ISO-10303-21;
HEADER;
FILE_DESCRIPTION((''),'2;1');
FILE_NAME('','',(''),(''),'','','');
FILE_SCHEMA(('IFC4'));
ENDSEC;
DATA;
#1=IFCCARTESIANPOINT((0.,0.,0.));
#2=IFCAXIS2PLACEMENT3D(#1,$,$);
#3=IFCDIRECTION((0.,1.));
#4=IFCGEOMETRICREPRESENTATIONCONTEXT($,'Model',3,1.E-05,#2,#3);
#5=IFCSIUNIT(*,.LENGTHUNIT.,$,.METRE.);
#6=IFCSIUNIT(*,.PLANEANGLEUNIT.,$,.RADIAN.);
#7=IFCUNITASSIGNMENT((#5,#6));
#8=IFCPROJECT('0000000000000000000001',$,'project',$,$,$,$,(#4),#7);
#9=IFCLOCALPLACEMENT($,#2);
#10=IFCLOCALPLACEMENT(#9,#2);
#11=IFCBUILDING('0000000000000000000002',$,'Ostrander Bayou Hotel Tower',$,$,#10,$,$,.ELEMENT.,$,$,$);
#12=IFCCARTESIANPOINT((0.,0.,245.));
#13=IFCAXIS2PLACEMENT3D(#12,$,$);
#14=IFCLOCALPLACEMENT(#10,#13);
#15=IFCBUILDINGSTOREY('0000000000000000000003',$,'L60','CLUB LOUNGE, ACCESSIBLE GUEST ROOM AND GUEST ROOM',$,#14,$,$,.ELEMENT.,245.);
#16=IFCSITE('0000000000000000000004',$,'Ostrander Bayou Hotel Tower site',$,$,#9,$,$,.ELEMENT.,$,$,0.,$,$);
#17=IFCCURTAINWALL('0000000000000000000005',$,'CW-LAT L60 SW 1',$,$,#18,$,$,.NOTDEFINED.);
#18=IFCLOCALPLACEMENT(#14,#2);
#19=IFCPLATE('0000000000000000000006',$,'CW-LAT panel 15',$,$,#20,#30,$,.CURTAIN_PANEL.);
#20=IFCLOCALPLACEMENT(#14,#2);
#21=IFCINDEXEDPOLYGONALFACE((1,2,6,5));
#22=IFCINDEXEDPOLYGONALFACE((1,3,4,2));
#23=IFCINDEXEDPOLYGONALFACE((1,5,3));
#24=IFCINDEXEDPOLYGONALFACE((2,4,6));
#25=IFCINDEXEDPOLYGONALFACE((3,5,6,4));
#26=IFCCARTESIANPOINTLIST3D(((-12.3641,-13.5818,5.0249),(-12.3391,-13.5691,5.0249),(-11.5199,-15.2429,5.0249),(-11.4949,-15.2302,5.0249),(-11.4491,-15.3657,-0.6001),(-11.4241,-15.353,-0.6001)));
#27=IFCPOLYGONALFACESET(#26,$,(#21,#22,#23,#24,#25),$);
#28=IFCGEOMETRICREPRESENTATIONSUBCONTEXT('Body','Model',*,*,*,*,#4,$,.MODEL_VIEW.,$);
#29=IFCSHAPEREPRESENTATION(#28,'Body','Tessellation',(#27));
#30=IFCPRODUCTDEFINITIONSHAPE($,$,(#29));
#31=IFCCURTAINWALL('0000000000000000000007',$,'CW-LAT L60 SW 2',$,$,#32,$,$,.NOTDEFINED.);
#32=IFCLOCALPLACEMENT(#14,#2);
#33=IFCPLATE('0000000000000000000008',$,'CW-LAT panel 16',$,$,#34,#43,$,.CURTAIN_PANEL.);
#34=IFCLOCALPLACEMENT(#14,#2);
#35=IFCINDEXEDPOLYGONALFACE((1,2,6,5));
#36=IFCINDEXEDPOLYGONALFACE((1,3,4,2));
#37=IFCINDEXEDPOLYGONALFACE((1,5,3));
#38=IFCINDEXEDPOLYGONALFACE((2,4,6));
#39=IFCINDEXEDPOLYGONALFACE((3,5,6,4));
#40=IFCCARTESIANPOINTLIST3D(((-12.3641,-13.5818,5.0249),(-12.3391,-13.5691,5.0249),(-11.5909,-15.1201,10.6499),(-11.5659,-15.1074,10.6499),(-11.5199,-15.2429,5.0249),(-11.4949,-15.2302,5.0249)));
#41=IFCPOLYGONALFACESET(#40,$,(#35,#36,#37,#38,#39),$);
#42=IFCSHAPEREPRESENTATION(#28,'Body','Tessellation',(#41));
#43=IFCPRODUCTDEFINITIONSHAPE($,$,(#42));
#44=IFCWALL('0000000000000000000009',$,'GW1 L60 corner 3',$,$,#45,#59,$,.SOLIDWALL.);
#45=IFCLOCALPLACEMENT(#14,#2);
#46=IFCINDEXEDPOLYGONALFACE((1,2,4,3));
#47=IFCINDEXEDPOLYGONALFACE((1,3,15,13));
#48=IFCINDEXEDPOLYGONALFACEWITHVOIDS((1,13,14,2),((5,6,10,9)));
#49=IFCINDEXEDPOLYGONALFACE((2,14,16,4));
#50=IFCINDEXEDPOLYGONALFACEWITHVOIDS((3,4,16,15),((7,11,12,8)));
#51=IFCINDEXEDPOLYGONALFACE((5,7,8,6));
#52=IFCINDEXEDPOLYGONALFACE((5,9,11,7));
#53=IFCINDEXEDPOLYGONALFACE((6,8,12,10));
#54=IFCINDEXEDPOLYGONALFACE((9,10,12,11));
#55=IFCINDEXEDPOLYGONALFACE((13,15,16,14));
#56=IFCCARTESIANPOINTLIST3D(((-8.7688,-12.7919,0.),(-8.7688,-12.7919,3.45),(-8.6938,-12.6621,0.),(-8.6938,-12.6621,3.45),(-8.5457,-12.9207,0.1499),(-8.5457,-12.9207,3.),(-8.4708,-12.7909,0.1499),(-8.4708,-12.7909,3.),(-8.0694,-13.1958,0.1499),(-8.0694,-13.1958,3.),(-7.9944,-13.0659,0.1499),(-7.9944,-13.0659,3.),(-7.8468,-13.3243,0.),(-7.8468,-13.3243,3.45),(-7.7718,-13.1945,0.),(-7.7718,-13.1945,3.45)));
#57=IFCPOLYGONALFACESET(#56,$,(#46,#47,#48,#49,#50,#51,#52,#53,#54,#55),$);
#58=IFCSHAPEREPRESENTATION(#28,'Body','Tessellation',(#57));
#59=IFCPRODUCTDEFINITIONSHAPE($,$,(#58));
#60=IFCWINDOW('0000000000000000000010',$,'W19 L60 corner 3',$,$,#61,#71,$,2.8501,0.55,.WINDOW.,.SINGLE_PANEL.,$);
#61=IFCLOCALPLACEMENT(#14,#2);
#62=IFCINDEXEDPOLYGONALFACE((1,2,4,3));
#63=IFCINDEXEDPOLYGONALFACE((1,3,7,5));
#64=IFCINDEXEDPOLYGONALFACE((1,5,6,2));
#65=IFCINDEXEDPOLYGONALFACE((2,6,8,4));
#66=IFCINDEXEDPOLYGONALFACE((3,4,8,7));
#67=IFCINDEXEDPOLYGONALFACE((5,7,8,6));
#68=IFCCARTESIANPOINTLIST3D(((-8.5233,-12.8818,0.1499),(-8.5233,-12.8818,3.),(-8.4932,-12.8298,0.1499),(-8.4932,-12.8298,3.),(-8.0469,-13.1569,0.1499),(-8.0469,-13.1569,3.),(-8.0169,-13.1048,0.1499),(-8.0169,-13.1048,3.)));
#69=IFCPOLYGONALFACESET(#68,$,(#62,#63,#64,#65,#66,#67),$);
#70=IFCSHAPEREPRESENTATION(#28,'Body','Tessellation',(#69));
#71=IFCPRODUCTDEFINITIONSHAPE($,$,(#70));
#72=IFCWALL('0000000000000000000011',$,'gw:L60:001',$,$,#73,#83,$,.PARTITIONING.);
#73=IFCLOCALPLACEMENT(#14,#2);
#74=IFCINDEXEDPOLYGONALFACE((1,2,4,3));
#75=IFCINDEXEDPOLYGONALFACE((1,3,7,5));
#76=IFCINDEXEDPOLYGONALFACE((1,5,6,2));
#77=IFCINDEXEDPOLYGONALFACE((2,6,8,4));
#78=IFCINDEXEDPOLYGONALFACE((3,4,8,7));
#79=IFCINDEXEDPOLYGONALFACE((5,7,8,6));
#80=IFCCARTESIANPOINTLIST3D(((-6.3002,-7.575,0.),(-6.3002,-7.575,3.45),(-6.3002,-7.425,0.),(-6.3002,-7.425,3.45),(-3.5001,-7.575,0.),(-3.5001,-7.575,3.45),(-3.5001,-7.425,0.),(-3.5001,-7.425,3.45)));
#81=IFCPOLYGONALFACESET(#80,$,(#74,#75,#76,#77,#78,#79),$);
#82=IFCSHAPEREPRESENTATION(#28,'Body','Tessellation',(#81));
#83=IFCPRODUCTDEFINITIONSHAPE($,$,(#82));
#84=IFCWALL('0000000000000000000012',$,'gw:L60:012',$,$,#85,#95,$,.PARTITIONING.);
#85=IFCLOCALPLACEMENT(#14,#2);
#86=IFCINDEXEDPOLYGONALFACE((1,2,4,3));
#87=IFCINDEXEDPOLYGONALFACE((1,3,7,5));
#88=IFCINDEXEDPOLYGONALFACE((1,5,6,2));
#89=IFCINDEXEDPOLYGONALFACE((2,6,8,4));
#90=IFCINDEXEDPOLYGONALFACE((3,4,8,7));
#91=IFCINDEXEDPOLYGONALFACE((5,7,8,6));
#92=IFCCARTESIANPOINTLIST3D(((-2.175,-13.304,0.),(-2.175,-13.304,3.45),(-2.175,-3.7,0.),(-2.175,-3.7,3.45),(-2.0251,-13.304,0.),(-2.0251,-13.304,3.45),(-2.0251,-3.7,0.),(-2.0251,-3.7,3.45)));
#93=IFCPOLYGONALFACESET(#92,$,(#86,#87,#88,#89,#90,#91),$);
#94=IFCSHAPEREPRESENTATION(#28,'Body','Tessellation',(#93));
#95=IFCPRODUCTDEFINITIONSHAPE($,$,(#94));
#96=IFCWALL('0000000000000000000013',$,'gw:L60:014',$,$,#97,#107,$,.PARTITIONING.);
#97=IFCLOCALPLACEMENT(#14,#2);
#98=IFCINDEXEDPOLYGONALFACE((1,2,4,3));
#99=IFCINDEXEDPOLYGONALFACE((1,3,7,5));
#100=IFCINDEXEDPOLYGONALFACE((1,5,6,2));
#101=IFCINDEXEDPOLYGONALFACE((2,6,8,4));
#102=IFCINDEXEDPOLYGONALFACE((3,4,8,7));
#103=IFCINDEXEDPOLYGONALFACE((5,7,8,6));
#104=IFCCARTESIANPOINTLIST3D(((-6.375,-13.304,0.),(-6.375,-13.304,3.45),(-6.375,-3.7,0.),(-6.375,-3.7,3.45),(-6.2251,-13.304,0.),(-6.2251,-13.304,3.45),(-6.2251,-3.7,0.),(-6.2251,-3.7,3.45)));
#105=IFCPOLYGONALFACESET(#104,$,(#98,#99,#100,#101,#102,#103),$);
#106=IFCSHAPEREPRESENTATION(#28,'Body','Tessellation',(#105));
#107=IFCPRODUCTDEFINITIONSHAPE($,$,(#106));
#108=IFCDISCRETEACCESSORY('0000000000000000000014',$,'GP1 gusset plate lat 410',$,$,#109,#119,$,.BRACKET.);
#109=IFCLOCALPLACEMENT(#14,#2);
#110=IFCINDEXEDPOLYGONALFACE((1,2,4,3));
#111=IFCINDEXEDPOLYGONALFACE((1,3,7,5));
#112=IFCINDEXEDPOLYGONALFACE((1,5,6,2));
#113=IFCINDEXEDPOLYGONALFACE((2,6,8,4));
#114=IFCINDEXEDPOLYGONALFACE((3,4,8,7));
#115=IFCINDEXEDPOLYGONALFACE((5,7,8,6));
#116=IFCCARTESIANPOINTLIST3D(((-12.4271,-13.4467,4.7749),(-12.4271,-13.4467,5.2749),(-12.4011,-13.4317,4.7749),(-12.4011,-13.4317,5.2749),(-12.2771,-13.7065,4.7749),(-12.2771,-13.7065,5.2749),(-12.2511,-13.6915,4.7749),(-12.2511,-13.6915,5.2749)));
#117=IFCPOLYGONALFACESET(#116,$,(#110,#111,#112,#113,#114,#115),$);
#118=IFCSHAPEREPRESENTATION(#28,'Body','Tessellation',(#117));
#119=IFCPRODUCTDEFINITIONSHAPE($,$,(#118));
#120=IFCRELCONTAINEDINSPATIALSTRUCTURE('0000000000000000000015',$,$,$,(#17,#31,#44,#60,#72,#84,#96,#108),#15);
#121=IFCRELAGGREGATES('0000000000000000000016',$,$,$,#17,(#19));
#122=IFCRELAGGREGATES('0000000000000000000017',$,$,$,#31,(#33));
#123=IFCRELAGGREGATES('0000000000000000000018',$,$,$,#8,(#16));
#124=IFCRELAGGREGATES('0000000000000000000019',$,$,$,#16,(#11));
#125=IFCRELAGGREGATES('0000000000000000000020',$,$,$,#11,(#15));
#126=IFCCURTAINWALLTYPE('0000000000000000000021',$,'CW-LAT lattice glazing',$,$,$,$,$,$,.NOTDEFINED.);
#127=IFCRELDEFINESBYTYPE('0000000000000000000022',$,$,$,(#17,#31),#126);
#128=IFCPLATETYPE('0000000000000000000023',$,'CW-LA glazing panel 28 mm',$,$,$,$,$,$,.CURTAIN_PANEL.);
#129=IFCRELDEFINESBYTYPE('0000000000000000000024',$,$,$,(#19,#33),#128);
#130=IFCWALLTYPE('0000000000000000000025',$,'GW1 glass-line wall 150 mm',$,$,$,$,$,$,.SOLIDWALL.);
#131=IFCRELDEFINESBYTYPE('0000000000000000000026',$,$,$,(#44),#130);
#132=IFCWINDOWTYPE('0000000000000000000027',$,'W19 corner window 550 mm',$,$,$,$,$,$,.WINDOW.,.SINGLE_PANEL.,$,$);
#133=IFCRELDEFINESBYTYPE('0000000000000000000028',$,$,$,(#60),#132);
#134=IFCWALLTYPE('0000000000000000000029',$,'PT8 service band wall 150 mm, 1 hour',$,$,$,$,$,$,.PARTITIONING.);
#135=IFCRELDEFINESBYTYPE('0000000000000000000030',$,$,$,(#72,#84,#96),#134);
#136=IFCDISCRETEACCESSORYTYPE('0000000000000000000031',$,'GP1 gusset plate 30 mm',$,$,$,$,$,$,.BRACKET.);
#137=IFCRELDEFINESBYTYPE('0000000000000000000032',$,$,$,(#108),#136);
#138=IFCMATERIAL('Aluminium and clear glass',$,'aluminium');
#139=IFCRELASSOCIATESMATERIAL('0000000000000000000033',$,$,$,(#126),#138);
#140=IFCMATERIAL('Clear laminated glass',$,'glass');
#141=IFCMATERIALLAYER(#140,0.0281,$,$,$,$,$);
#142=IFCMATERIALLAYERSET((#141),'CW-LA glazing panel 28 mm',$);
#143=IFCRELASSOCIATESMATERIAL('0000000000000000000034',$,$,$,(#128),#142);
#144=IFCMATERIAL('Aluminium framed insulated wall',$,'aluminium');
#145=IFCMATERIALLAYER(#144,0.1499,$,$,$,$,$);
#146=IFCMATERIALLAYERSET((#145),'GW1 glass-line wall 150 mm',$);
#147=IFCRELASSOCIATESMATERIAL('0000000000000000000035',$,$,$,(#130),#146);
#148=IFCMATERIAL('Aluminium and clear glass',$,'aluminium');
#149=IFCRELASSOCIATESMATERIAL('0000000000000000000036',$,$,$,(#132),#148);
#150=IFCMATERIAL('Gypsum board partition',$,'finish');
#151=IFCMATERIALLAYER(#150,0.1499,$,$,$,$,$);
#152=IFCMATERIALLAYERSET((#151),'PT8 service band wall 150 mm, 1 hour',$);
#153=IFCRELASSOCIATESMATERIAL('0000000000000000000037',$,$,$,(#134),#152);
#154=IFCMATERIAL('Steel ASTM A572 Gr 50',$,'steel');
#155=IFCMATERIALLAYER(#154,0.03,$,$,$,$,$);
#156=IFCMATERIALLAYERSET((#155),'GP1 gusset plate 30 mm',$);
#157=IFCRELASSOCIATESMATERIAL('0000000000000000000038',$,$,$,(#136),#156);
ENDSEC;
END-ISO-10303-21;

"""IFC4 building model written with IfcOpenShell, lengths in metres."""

from ifc_helpers import new_model, si_unit, direction, frame, frame_2d, origin, origin_2d, place, context, subcontext, project, spatial, polyline, rectangle, outline, extrude, material, layer, layer_set, type_object, element, fill, aggregate, save


model = new_model("IFC4")

# Units and contexts
model_context = context("Model", 3, precision=1e-05, world=origin(), true_north=direction((0.0, 1.0)))
body_context = subcontext(model_context, "Body", "Model", "MODEL_VIEW")
ifc_project = project(units=[si_unit("LENGTHUNIT", "METRE"), si_unit("PLANEANGLEUNIT", "RADIAN")], contexts=[model_context])

# Site, building, storey
site_placement = place(None, origin())
site = spatial("IfcSite", under=ifc_project, at=site_placement, Name="Ostrander Bayou Hotel Tower site", CompositionType="ELEMENT", RefElevation=0.0)
building_placement = place(site_placement, origin())
building = spatial("IfcBuilding", under=site, at=building_placement, Name="Ostrander Bayou Hotel Tower", CompositionType="ELEMENT")
storey_placement = place(building_placement, frame((0.0, 0.0, 245.0)))
storey = spatial("IfcBuildingStorey", under=building, at=storey_placement, Name="L60", Description="CLUB LOUNGE, ACCESSIBLE GUEST ROOM AND GUEST ROOM", CompositionType="ELEMENT", Elevation=245.0)

# Curtain walls, plates
ifc_material_1 = material(Name="Aluminium and clear glass", Category="aluminium")
curtain_wall_type = type_object("IfcCurtainWallType", Name="CW-LAT lattice glazing", PredefinedType="NOTDEFINED", material=ifc_material_1)
curtain_wall_1_placement = place(storey_placement, origin())
curtain_wall_1 = element("IfcCurtainWall", 1, at=curtain_wall_1_placement, inside=storey, type_object=curtain_wall_type, Name="CW-LAT L60 SW 1", PredefinedType="NOTDEFINED")
ifc_material_2 = material(Name="Clear laminated glass", Category="glass")
ifc_layer_1 = layer(ifc_material_2, 0.0281)
ifc_layer_set_1 = layer_set([ifc_layer_1], Name="CW-LA glazing panel 28 mm")
plate_type = type_object("IfcPlateType", Name="CW-LA glazing panel 28 mm", PredefinedType="CURTAIN_PANEL", material=ifc_layer_set_1)
plate_1_placement = place(storey_placement, frame((-12.3391, -13.5691, 5.0249), z_axis=(0.891472, 0.453073, 0.001329), x_axis=(0.153231, -0.298735, -0.941954)))
plate_1 = element("IfcPlate", 2, at=plate_1_placement, type_object=plate_type, Name="CW-LAT panel 15", PredefinedType="CURTAIN_PANEL", context=body_context, shape_type="SweptSolid", body=[
    extrude(outline(polyline([(0.0, 0.0), (5.9716, 0.0), (0.6256, -1.7552), (0.0, 0.0)])), origin(), (0.0, 0.0, -1.0), 0.0281),
])
aggregate(curtain_wall_1, [plate_1])
curtain_wall_2_placement = place(storey_placement, origin())
curtain_wall_2 = element("IfcCurtainWall", 3, at=curtain_wall_2_placement, inside=storey, type_object=curtain_wall_type, Name="CW-LAT L60 SW 2", PredefinedType="NOTDEFINED")
plate_2_placement = place(storey_placement, frame((-12.3391, -13.5691, 5.0249), z_axis=(0.891472, 0.453073, 0.001368), x_axis=(0.131437, -0.261505, 0.956211)))
plate_2 = element("IfcPlate", 4, at=plate_2_placement, type_object=plate_type, Name="CW-LAT panel 16", PredefinedType="CURTAIN_PANEL", context=body_context, shape_type="SweptSolid", body=[
    extrude(outline(polyline([(0.0, 0.0), (5.8826, 0.0), (0.5454, 1.7818), (0.0, 0.0)])), origin(), (0.0, 0.0, -1.0), 0.0281),
])
aggregate(curtain_wall_2, [plate_2])

# Shared definitions
ifc_material_3 = material(Name="Aluminium framed insulated wall", Category="aluminium")
ifc_layer_2 = layer(ifc_material_3, 0.1499)
ifc_layer_set_2 = layer_set([ifc_layer_2], Name="GW1 glass-line wall 150 mm")
wall_type_1 = type_object("IfcWallType", Name="GW1 glass-line wall 150 mm", PredefinedType="SOLIDWALL", material=ifc_layer_set_2)

# Wall, opening, window
wall_1_placement = place(storey_placement, frame((-8.7312, -12.7271, 0.0), z_axis=(0.0, 0.0, 1.0), x_axis=(0.865991, -0.50006, 0.0)))
wall_1 = element("IfcWall", 5, at=wall_1_placement, inside=storey, type_object=wall_type_1, Name="GW1 L60 corner 3", PredefinedType="SOLIDWALL", context=body_context, shape_type="SweptSolid", body=[
    extrude(rectangle(XDim=1.0647, YDim=0.1499, at=frame_2d((0.5322, 0.0))), origin(), (0.0, 0.0, 1.0), 3.45),
])
opening_1_placement = place(wall_1_placement, frame((0.2576, 0.0, 0.1499)))
opening_1 = element("IfcOpeningElement", 6, at=opening_1_placement, cuts=wall_1, PredefinedType="OPENING", context=body_context, shape_type="SweptSolid", body=[
    extrude(rectangle(XDim=0.55, YDim=2.8501, at=frame_2d((0.2749, 1.425))), frame((0.0, 0.075, 0.0), z_axis=(0.0, -1.0, 0.0), x_axis=(1.0, 0.0, 0.0)), (0.0, 0.0, 1.0), 0.1499),
])
ifc_material_4 = material(Name="Aluminium and clear glass", Category="aluminium")
window_type_1 = type_object("IfcWindowType", Name="W19 corner window 550 mm", PartitioningType="SINGLE_PANEL", PredefinedType="WINDOW", material=ifc_material_4)
window_1_placement = place(opening_1_placement, origin())
window_1 = element("IfcWindow", 7, at=window_1_placement, inside=storey, type_object=window_type_1, Name="W19 L60 corner 3", OverallHeight=2.8501, OverallWidth=0.55, PartitioningType="SINGLE_PANEL", PredefinedType="WINDOW", context=body_context, shape_type="SweptSolid", body=[
    extrude(rectangle(XDim=0.55, YDim=2.8501, at=frame_2d((0.2749, 1.425))), frame((0.0, 0.03, 0.0), z_axis=(0.0, -1.0, 0.0), x_axis=(1.0, 0.0, 0.0)), (0.0, 0.0, 1.0), 0.0601),
])
fill(opening_1, window_1)

# Walls
ifc_material_5 = material(Name="Gypsum board partition", Category="finish")
ifc_layer_3 = layer(ifc_material_5, 0.1499)
ifc_layer_set_3 = layer_set([ifc_layer_3], Name="PT8 service band wall 150 mm, 1 hour")
wall_type_2 = type_object("IfcWallType", Name="PT8 service band wall 150 mm, 1 hour", PredefinedType="PARTITIONING", material=ifc_layer_set_3)
wall_2_placement = place(storey_placement, frame((-6.3, -7.5, 0.0), z_axis=(0.0, 0.0, 1.0), x_axis=(1.0, 0.0, 0.0)))
element("IfcWall", 8, at=wall_2_placement, inside=storey, type_object=wall_type_2, Name="gw:L60:001", PredefinedType="PARTITIONING", context=body_context, shape_type="SweptSolid", body=[
    extrude(rectangle(XDim=2.8, YDim=0.1499, at=frame_2d((1.3999, 0.0))), origin(), (0.0, 0.0, 1.0), 3.45),
])
for number, where, z_axis, x_axis, name in (
    (9, (-2.1001, -13.304, 0.0), (0.0, 0.0, 1.0), (0.0, 1.0, 0.0), "gw:L60:012"),
    (10, (-6.3, -13.304, 0.0), (0.0, 0.0, 1.0), (0.0, 1.0, 0.0), "gw:L60:014"),
):
    element("IfcWall", number, at=place(storey_placement, frame(where, z_axis=z_axis, x_axis=x_axis)), inside=storey, type_object=wall_type_2, Name=name, PredefinedType="PARTITIONING", context=body_context, shape_type="SweptSolid", body=[
        extrude(rectangle(XDim=9.604, YDim=0.1499, at=frame_2d((4.802, 0.0))), origin(), (0.0, 0.0, 1.0), 3.45),
    ])

# Discrete accessory
ifc_material_6 = material(Name="Steel ASTM A572 Gr 50", Category="steel")
ifc_layer_4 = layer(ifc_material_6, 0.03)
ifc_layer_set_4 = layer_set([ifc_layer_4], Name="GP1 gusset plate 30 mm")
discrete_accessory_type = type_object("IfcDiscreteAccessoryType", Name="GP1 gusset plate 30 mm", PredefinedType="BRACKET", material=ifc_layer_set_4)
discrete_accessory_placement = place(storey_placement, frame((-12.3391, -13.5691, 4.7749), z_axis=(0.0, 0.0, 1.0), x_axis=(0.5, -0.866025, 0.0)))
element("IfcDiscreteAccessory", 11, at=discrete_accessory_placement, inside=storey, type_object=discrete_accessory_type, Name="GP1 gusset plate lat 410", PredefinedType="BRACKET", context=body_context, shape_type="SweptSolid", body=[
    extrude(rectangle(XDim=0.3, YDim=0.03, at=origin_2d()), origin(), (0.0, 0.0, 1.0), 0.5),
])

save(model, "model.ifc")
